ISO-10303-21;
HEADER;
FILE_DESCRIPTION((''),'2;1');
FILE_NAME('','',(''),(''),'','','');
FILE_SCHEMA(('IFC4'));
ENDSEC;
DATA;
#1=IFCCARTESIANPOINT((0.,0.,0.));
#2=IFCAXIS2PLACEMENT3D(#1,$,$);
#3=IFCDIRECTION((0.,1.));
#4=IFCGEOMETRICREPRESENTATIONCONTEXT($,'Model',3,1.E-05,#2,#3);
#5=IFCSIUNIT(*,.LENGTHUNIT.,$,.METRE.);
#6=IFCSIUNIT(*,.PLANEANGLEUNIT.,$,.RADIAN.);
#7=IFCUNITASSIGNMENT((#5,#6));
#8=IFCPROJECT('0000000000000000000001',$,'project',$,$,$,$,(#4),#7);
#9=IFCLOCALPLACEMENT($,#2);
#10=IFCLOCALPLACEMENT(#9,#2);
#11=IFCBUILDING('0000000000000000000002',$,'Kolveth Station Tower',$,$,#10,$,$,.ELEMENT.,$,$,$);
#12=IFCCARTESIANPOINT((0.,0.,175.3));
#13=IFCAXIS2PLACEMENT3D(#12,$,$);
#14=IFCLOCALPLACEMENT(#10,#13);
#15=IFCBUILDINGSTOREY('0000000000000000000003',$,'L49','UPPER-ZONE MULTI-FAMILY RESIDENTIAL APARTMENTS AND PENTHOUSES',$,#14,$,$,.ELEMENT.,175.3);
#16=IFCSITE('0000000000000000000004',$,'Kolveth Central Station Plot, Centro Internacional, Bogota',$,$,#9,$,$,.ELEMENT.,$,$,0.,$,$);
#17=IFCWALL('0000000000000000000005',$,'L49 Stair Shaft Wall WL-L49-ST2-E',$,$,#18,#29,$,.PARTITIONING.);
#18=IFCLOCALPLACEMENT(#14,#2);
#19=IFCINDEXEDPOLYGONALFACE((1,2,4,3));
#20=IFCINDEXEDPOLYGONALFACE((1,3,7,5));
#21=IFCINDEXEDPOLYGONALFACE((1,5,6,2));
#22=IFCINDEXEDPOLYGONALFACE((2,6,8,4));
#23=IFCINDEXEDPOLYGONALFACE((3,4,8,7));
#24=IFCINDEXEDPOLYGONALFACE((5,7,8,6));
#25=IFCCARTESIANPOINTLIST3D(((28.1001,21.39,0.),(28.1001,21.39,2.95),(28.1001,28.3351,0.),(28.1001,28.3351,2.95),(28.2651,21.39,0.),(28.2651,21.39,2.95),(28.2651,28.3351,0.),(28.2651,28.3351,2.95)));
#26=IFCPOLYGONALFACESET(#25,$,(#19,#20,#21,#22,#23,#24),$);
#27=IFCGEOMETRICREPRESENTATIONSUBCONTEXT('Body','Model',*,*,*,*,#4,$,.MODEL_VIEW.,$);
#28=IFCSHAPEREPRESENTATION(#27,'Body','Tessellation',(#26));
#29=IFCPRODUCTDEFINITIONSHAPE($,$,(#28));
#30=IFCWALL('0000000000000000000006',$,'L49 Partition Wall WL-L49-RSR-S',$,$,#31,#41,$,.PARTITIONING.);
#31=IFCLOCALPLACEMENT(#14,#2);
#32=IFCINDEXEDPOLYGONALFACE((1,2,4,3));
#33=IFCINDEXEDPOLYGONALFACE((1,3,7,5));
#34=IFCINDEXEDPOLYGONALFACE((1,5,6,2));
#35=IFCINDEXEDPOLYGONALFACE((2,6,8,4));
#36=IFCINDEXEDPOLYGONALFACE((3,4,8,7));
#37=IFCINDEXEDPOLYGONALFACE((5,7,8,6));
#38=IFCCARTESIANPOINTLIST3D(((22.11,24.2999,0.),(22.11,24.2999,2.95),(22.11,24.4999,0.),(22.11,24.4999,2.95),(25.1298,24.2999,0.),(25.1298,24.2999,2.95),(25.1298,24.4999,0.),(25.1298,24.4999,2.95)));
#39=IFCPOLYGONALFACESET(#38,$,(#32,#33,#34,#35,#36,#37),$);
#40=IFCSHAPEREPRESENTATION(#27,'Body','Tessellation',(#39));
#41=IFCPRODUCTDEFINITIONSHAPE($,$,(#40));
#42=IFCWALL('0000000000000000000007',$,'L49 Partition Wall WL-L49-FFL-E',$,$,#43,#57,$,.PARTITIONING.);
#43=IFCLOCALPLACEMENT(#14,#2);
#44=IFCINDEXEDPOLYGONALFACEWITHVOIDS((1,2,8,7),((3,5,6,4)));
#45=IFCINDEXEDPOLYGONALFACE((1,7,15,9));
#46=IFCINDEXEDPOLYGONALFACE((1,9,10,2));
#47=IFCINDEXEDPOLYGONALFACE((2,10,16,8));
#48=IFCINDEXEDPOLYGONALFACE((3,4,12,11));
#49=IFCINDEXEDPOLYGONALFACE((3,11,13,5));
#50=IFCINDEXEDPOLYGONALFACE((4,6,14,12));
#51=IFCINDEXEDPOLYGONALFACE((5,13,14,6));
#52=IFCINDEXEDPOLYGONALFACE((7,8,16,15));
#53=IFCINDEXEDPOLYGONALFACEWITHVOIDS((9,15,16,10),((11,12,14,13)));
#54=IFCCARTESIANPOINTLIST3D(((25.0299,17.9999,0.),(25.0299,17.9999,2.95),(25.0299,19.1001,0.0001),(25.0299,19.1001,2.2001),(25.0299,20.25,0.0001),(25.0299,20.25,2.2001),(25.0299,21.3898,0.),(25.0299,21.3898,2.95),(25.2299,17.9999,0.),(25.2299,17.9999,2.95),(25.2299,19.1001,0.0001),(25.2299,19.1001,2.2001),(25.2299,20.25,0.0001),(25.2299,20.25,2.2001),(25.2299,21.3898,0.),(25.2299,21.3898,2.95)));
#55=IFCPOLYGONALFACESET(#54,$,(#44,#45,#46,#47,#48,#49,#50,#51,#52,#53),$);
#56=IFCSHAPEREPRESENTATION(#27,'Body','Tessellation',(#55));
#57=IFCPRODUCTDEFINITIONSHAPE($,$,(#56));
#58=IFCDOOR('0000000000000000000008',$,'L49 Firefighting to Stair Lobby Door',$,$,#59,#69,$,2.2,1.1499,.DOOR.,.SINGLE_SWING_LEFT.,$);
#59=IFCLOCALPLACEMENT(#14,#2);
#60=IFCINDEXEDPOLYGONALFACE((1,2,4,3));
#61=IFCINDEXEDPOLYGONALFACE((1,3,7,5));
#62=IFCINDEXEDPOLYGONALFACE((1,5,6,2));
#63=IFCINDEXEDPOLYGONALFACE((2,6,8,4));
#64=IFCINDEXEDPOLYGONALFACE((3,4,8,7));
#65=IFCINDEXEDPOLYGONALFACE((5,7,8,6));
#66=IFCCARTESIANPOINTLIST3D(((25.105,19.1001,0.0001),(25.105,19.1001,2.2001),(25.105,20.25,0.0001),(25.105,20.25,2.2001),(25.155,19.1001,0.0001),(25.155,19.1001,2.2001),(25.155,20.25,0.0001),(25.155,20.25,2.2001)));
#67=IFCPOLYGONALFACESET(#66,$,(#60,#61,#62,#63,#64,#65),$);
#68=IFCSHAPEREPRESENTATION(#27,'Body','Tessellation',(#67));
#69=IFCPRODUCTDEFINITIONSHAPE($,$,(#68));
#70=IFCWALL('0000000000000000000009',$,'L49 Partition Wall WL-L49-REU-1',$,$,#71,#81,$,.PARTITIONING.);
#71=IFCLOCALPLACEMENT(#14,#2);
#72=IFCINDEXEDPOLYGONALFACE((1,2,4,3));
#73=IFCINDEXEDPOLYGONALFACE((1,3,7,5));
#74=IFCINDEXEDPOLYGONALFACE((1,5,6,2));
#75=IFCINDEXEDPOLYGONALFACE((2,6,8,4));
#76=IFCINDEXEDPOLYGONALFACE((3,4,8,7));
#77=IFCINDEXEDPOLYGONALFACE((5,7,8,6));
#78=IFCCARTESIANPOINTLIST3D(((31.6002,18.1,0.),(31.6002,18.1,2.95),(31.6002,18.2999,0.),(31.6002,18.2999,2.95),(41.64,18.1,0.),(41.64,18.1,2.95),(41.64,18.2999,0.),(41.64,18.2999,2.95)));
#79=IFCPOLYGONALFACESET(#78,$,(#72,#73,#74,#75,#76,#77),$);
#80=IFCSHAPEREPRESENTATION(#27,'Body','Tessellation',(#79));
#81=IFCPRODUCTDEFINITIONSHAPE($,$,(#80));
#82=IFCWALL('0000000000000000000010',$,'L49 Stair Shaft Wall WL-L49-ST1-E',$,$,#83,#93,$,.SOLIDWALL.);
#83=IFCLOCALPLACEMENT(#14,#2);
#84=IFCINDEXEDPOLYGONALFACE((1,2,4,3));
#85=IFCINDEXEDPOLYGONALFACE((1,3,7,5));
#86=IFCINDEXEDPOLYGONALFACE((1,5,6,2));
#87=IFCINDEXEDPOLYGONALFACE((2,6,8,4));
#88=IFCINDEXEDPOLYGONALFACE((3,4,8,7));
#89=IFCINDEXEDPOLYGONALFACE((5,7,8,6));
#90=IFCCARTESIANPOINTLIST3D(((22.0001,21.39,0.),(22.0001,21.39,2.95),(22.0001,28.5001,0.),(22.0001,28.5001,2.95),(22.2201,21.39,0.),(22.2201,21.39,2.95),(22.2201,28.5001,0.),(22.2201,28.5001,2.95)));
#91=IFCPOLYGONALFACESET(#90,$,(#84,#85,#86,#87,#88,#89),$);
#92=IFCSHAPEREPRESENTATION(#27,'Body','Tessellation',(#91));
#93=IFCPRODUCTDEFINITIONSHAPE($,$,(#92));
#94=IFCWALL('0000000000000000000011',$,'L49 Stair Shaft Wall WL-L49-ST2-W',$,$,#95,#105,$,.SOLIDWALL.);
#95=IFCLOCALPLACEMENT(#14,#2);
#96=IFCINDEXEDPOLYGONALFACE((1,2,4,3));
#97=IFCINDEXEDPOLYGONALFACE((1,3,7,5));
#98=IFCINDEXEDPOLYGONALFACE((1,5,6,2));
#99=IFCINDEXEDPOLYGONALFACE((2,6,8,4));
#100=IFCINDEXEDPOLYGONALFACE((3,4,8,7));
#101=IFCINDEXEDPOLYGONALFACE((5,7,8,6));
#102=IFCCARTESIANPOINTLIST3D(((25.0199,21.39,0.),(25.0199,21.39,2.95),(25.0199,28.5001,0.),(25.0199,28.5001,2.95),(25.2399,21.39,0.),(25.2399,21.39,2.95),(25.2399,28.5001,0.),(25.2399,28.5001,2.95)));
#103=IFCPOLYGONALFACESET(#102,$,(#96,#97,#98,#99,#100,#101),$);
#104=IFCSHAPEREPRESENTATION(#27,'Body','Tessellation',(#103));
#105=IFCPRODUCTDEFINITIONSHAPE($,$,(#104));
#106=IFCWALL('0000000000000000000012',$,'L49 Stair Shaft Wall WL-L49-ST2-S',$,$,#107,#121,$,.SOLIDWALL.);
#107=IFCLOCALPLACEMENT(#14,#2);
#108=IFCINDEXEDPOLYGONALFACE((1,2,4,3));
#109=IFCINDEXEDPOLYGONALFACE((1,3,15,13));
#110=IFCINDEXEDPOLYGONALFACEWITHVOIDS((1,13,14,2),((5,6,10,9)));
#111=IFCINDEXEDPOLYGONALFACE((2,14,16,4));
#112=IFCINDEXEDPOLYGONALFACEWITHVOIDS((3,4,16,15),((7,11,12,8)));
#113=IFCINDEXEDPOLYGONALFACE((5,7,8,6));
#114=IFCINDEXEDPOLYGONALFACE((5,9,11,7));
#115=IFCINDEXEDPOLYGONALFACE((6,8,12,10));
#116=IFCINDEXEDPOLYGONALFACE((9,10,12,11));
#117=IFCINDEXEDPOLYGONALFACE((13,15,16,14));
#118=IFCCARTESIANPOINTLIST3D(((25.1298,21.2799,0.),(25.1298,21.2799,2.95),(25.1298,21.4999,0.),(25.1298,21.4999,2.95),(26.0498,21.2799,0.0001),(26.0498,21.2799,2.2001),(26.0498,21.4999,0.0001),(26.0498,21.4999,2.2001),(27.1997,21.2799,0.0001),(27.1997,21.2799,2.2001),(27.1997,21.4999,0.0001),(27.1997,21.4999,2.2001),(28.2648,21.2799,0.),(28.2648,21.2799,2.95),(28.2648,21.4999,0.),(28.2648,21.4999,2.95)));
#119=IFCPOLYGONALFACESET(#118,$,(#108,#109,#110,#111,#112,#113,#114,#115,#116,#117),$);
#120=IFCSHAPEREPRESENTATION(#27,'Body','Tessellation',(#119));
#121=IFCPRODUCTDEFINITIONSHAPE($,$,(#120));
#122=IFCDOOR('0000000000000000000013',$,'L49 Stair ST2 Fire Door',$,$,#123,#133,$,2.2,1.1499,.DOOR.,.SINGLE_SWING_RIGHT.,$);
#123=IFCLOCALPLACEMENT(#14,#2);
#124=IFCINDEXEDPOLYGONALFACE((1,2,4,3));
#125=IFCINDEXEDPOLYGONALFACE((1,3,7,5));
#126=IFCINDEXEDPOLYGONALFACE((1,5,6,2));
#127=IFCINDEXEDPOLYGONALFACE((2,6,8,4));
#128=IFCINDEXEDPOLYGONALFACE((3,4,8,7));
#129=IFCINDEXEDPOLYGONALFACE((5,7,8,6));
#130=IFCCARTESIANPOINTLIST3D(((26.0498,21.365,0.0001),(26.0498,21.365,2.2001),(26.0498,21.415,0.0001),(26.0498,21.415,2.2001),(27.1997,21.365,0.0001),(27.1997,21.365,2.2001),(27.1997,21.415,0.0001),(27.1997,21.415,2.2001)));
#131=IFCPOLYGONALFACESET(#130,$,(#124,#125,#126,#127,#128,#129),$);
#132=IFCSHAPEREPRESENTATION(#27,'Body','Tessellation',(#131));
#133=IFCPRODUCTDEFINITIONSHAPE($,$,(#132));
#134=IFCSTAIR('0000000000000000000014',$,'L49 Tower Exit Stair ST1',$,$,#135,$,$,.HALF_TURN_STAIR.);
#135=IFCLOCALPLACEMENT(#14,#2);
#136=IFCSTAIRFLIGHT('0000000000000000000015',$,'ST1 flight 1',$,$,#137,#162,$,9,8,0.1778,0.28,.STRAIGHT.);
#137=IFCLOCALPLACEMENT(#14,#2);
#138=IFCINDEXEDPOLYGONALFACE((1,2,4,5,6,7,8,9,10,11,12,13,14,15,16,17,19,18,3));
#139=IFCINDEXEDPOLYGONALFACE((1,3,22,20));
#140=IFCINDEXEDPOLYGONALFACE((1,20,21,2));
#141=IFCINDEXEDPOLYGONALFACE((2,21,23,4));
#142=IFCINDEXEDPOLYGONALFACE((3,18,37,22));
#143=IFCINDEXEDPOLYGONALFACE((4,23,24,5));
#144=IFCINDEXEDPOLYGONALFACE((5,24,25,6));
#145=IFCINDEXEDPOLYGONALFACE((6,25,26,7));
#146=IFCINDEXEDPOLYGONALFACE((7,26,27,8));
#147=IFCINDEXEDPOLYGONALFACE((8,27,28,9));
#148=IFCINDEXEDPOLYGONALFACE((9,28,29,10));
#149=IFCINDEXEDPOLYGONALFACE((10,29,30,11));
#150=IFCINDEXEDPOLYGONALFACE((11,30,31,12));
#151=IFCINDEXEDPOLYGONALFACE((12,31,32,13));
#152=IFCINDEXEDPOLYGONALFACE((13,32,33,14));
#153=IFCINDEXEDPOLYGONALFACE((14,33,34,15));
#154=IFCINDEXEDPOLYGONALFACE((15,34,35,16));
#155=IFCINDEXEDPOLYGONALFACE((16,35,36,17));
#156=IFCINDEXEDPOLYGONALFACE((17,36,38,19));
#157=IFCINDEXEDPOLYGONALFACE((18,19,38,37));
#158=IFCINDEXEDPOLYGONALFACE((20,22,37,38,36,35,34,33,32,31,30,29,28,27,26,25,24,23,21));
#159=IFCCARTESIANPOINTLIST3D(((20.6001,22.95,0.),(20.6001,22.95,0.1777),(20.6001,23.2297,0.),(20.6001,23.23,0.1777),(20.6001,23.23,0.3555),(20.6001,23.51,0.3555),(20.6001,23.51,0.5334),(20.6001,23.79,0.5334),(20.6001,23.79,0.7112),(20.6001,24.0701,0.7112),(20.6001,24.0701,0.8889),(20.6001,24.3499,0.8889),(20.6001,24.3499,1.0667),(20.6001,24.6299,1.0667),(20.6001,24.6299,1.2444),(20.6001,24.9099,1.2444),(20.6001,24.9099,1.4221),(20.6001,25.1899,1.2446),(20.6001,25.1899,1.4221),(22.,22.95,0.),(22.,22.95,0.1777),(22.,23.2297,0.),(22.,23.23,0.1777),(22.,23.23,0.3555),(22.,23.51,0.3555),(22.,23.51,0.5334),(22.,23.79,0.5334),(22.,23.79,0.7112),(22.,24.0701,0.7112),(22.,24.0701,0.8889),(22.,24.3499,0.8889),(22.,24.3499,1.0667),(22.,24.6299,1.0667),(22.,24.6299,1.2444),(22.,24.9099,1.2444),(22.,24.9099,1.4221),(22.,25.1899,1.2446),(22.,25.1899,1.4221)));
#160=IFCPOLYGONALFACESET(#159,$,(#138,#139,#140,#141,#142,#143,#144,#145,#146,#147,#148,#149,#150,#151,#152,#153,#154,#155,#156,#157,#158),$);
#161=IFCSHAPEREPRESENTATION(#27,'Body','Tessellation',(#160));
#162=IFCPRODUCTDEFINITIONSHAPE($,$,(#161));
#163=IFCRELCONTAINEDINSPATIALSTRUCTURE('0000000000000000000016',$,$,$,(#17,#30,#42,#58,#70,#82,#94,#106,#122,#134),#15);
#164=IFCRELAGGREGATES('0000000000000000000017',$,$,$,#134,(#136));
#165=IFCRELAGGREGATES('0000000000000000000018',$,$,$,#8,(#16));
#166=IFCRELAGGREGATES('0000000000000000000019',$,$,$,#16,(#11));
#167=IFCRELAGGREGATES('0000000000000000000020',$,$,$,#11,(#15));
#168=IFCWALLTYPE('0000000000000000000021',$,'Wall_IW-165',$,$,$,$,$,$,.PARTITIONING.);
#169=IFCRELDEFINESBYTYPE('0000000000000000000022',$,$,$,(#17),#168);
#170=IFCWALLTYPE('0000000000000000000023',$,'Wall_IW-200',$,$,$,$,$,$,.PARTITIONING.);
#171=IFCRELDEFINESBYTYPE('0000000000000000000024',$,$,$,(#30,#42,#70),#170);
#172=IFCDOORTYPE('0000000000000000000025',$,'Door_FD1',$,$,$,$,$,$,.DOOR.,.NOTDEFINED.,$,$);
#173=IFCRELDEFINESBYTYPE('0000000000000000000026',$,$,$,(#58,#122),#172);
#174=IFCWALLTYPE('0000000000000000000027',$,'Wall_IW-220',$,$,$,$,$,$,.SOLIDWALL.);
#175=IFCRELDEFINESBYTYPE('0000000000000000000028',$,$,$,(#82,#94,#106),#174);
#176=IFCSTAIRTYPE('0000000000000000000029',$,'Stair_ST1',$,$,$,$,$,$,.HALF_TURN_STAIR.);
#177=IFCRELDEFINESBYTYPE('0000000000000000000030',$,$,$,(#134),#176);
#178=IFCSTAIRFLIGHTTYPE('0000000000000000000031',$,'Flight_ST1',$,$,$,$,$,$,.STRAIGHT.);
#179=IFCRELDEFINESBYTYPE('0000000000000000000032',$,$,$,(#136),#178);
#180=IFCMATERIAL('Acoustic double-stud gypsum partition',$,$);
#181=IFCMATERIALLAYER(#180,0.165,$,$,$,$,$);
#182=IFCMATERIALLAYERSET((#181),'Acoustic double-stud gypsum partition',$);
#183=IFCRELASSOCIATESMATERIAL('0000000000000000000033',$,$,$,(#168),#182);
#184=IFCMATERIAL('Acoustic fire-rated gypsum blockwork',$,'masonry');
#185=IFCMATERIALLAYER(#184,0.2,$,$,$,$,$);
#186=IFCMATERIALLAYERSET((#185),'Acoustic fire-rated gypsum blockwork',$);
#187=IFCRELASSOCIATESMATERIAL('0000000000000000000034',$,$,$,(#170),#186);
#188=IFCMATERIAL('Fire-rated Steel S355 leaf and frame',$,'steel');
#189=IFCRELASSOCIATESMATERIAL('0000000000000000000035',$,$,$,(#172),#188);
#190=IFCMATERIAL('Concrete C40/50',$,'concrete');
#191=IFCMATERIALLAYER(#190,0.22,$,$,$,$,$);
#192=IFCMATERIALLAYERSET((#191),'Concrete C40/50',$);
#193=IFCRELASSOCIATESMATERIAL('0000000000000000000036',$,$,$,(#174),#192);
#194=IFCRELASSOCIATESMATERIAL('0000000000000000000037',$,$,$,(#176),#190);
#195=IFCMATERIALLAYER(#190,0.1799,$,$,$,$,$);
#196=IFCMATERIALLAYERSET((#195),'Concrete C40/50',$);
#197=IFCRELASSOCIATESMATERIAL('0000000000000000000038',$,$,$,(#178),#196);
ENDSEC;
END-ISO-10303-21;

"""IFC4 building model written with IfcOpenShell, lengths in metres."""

from ifc_helpers import new_model, si_unit, direction, frame, frame_2d, origin, place, context, subcontext, project, spatial, polyline, rectangle, outline, extrude, material, layer, layer_set, type_object, element, fill, aggregate, save


model = new_model("IFC4")

# Units and contexts
model_context = context("Model", 3, precision=1e-05, world=origin(), true_north=direction((0.0, 1.0)))
body_context = subcontext(model_context, "Body", "Model", "MODEL_VIEW")
ifc_project = project(units=[si_unit("LENGTHUNIT", "METRE"), si_unit("PLANEANGLEUNIT", "RADIAN")], contexts=[model_context])

# Site, building, storey
site_placement = place(None, origin())
site = spatial("IfcSite", under=ifc_project, at=site_placement, Name="Kolveth Central Station Plot, Centro Internacional, Bogota", CompositionType="ELEMENT", RefElevation=0.0)
building_placement = place(site_placement, origin())
building = spatial("IfcBuilding", under=site, at=building_placement, Name="Kolveth Station Tower", CompositionType="ELEMENT")
storey_placement = place(building_placement, frame((0.0, 0.0, 175.3)))
storey = spatial("IfcBuildingStorey", under=building, at=storey_placement, Name="L49", Description="UPPER-ZONE MULTI-FAMILY RESIDENTIAL APARTMENTS AND PENTHOUSES", CompositionType="ELEMENT", Elevation=175.3)

# Walls
ifc_material_1 = material(Name="Acoustic double-stud gypsum partition")
ifc_layer_1 = layer(ifc_material_1, 0.165)
ifc_layer_set_1 = layer_set([ifc_layer_1], Name="Acoustic double-stud gypsum partition")
wall_type_1 = type_object("IfcWallType", Name="Wall_IW-165", PredefinedType="PARTITIONING", material=ifc_layer_set_1)
wall_1_placement = place(storey_placement, frame((28.1826, 21.3899, 0.0), z_axis=(0.0, 0.0, 1.0), x_axis=(0.0, 1.0, 0.0)))
element("IfcWall", 1, at=wall_1_placement, inside=storey, type_object=wall_type_1, Name="L49 Stair Shaft Wall WL-L49-ST2-E", PredefinedType="PARTITIONING", context=body_context, shape_type="SweptSolid", body=[
    extrude(rectangle(XDim=6.9451, YDim=0.165, at=frame_2d((3.4727, 0.0))), origin(), (0.0, 0.0, 1.0), 2.95),
])
ifc_material_2 = material(Name="Acoustic fire-rated gypsum blockwork", Category="masonry")
ifc_layer_2 = layer(ifc_material_2, 0.2)
ifc_layer_set_2 = layer_set([ifc_layer_2], Name="Acoustic fire-rated gypsum blockwork")
wall_type_2 = type_object("IfcWallType", Name="Wall_IW-200", PredefinedType="PARTITIONING", material=ifc_layer_set_2)
wall_2_placement = place(storey_placement, frame((22.1101, 24.3999, 0.0), z_axis=(0.0, 0.0, 1.0), x_axis=(1.0, 0.0, 0.0)))
element("IfcWall", 2, at=wall_2_placement, inside=storey, type_object=wall_type_2, Name="L49 Partition Wall WL-L49-RSR-S", PredefinedType="PARTITIONING", context=body_context, shape_type="SweptSolid", body=[
    extrude(rectangle(XDim=3.0198, YDim=0.2, at=frame_2d((1.5098, 0.0))), origin(), (0.0, 0.0, 1.0), 2.95),
])

# Wall, opening, door
wall_3_placement = place(storey_placement, frame((25.1299, 18.0, 0.0), z_axis=(0.0, 0.0, 1.0), x_axis=(0.0, 1.0, 0.0)))
wall_3 = element("IfcWall", 3, at=wall_3_placement, inside=storey, type_object=wall_type_2, Name="L49 Partition Wall WL-L49-FFL-E", PredefinedType="PARTITIONING", context=body_context, shape_type="SweptSolid", body=[
    extrude(rectangle(XDim=3.3899, YDim=0.2, at=frame_2d((1.6948, 0.0))), origin(), (0.0, 0.0, 1.0), 2.95),
])
opening_1_placement = place(wall_3_placement, frame((1.1001, 0.0, 0.0)))
opening_1 = element("IfcOpeningElement", 4, at=opening_1_placement, cuts=wall_3, PredefinedType="OPENING", context=body_context, shape_type="SweptSolid", body=[
    extrude(rectangle(XDim=1.1499, YDim=2.2, at=frame_2d((0.575, 1.1001))), frame((0.0, 0.1099, 0.0), z_axis=(0.0, -1.0, 0.0), x_axis=(1.0, 0.0, 0.0)), (0.0, 0.0, 1.0), 0.22),
])
ifc_material_3 = material(Name="Fire-rated Steel S355 leaf and frame", Category="steel")
door_type_1 = type_object("IfcDoorType", Name="Door_FD1", OperationType="NOTDEFINED", PredefinedType="DOOR", material=ifc_material_3)
door_1_placement = place(opening_1_placement, origin())
door_1 = element("IfcDoor", 5, at=door_1_placement, inside=storey, type_object=door_type_1, Name="L49 Firefighting to Stair Lobby Door", OperationType="SINGLE_SWING_LEFT", OverallHeight=2.2, OverallWidth=1.1499, PredefinedType="DOOR", context=body_context, shape_type="SweptSolid", body=[
    extrude(rectangle(XDim=1.1499, YDim=2.2, at=frame_2d((0.575, 1.1001))), frame((0.0, 0.0249, 0.0), z_axis=(0.0, -1.0, 0.0), x_axis=(1.0, 0.0, 0.0)), (0.0, 0.0, 1.0), 0.05),
])
fill(opening_1, door_1)

# Walls
wall_4_placement = place(storey_placement, frame((31.6001, 18.2, 0.0), z_axis=(0.0, 0.0, 1.0), x_axis=(1.0, 0.0, 0.0)))
element("IfcWall", 6, at=wall_4_placement, inside=storey, type_object=wall_type_2, Name="L49 Partition Wall WL-L49-REU-1", PredefinedType="PARTITIONING", context=body_context, shape_type="SweptSolid", body=[
    extrude(rectangle(XDim=10.0398, YDim=0.2, at=frame_2d((5.02, 0.0))), origin(), (0.0, 0.0, 1.0), 2.95),
])
ifc_material_4 = material(Name="Concrete C40/50", Category="concrete")
ifc_layer_3 = layer(ifc_material_4, 0.22)
ifc_layer_set_3 = layer_set([ifc_layer_3], Name="Concrete C40/50")
wall_type_3 = type_object("IfcWallType", Name="Wall_IW-220", PredefinedType="SOLIDWALL", material=ifc_layer_set_3)
for number, where, z_axis, x_axis, name in (
    (7, (22.1101, 21.3899, 0.0), (0.0, 0.0, 1.0), (0.0, 1.0, 0.0), "L49 Stair Shaft Wall WL-L49-ST1-E"),
    (8, (25.1299, 21.3899, 0.0), (0.0, 0.0, 1.0), (0.0, 1.0, 0.0), "L49 Stair Shaft Wall WL-L49-ST2-W"),
):
    element("IfcWall", number, at=place(storey_placement, frame(where, z_axis=z_axis, x_axis=x_axis)), inside=storey, type_object=wall_type_3, Name=name, PredefinedType="SOLIDWALL", context=body_context, shape_type="SweptSolid", body=[
        extrude(rectangle(XDim=7.1101, YDim=0.22, at=frame_2d((3.5552, 0.0))), origin(), (0.0, 0.0, 1.0), 2.95),
    ])

# Wall, opening, door
wall_5_placement = place(storey_placement, frame((25.1299, 21.3899, 0.0), z_axis=(0.0, 0.0, 1.0), x_axis=(1.0, 0.0, 0.0)))
wall_5 = element("IfcWall", 9, at=wall_5_placement, inside=storey, type_object=wall_type_3, Name="L49 Stair Shaft Wall WL-L49-ST2-S", PredefinedType="SOLIDWALL", context=body_context, shape_type="SweptSolid", body=[
    extrude(rectangle(XDim=3.135, YDim=0.22, at=frame_2d((1.5674, 0.0))), origin(), (0.0, 0.0, 1.0), 2.95),
])
opening_2_placement = place(wall_5_placement, frame((0.9199, 0.0, 0.0)))
opening_2 = element("IfcOpeningElement", 10, at=opening_2_placement, cuts=wall_5, PredefinedType="OPENING", context=body_context, shape_type="SweptSolid", body=[
    extrude(rectangle(XDim=1.1499, YDim=2.2, at=frame_2d((0.575, 1.1001))), frame((0.0, 0.1199, 0.0), z_axis=(0.0, -1.0, 0.0), x_axis=(1.0, 0.0, 0.0)), (0.0, 0.0, 1.0), 0.24),
])
door_2_placement = place(opening_2_placement, frame((1.1499, 0.0, 0.0), z_axis=(0.0, 0.0, 1.0), x_axis=(-1.0, 0.0, 0.0)))
door_2 = element("IfcDoor", 11, at=door_2_placement, inside=storey, type_object=door_type_1, Name="L49 Stair ST2 Fire Door", OperationType="SINGLE_SWING_RIGHT", OverallHeight=2.2, OverallWidth=1.1499, PredefinedType="DOOR", context=body_context, shape_type="SweptSolid", body=[
    extrude(rectangle(XDim=1.1499, YDim=2.2, at=frame_2d((0.575, 1.1001))), frame((0.0, 0.0249, 0.0), z_axis=(0.0, -1.0, 0.0), x_axis=(1.0, 0.0, 0.0)), (0.0, 0.0, 1.0), 0.05),
])
fill(opening_2, door_2)

# Stair, stair flight
stair_type_1 = type_object("IfcStairType", Name="Stair_ST1", PredefinedType="HALF_TURN_STAIR", material=ifc_material_4)
stair_1_placement = place(storey_placement, origin())
stair_1 = element("IfcStair", 12, at=stair_1_placement, inside=storey, type_object=stair_type_1, Name="L49 Tower Exit Stair ST1", PredefinedType="HALF_TURN_STAIR")
ifc_layer_4 = layer(ifc_material_4, 0.1799)
ifc_layer_set_4 = layer_set([ifc_layer_4], Name="Concrete C40/50")
stair_flight_type_1 = type_object("IfcStairFlightType", Name="Flight_ST1", PredefinedType="STRAIGHT", material=ifc_layer_set_4)
stair_flight_1_placement = place(storey_placement, frame((21.3, 22.95, 0.0), z_axis=(0.0, 0.0, 1.0), x_axis=(0.0, 1.0, 0.0)))
stair_flight_1 = element("IfcStairFlight", 13, at=stair_flight_1_placement, type_object=stair_flight_type_1, Name="ST1 flight 1", NumberOfRisers=9, NumberOfTreads=8, PredefinedType="STRAIGHT", RiserHeight=0.1778, TreadLength=0.28, context=body_context, shape_type="SweptSolid", body=[
    extrude(outline(polyline([(0.0, 0.0), (0.0, 0.1777), (0.28, 0.1777), (0.28, 0.3555), (0.5601, 0.3555), (0.5601, 0.5334), (0.8401, 0.5334), (0.8401, 0.7112), (1.1201, 0.7112), (1.1201, 0.8889), (1.3999, 0.8889), (1.3999, 1.0667), (1.6799, 1.0667), (1.6799, 1.2444), (1.96, 1.2444), (1.96, 1.4221), (2.24, 1.4221), (2.24, 1.6001), (2.24, 1.2446), (0.2798, 0.0), (0.0, 0.0)])), frame((0.0, 0.7, 0.0), z_axis=(0.0, -1.0, 0.0), x_axis=(1.0, 0.0, 0.0)), (0.0, 0.0, 1.0), 1.3999),
])
aggregate(stair_1, [stair_flight_1])

save(model, "model.ifc")
